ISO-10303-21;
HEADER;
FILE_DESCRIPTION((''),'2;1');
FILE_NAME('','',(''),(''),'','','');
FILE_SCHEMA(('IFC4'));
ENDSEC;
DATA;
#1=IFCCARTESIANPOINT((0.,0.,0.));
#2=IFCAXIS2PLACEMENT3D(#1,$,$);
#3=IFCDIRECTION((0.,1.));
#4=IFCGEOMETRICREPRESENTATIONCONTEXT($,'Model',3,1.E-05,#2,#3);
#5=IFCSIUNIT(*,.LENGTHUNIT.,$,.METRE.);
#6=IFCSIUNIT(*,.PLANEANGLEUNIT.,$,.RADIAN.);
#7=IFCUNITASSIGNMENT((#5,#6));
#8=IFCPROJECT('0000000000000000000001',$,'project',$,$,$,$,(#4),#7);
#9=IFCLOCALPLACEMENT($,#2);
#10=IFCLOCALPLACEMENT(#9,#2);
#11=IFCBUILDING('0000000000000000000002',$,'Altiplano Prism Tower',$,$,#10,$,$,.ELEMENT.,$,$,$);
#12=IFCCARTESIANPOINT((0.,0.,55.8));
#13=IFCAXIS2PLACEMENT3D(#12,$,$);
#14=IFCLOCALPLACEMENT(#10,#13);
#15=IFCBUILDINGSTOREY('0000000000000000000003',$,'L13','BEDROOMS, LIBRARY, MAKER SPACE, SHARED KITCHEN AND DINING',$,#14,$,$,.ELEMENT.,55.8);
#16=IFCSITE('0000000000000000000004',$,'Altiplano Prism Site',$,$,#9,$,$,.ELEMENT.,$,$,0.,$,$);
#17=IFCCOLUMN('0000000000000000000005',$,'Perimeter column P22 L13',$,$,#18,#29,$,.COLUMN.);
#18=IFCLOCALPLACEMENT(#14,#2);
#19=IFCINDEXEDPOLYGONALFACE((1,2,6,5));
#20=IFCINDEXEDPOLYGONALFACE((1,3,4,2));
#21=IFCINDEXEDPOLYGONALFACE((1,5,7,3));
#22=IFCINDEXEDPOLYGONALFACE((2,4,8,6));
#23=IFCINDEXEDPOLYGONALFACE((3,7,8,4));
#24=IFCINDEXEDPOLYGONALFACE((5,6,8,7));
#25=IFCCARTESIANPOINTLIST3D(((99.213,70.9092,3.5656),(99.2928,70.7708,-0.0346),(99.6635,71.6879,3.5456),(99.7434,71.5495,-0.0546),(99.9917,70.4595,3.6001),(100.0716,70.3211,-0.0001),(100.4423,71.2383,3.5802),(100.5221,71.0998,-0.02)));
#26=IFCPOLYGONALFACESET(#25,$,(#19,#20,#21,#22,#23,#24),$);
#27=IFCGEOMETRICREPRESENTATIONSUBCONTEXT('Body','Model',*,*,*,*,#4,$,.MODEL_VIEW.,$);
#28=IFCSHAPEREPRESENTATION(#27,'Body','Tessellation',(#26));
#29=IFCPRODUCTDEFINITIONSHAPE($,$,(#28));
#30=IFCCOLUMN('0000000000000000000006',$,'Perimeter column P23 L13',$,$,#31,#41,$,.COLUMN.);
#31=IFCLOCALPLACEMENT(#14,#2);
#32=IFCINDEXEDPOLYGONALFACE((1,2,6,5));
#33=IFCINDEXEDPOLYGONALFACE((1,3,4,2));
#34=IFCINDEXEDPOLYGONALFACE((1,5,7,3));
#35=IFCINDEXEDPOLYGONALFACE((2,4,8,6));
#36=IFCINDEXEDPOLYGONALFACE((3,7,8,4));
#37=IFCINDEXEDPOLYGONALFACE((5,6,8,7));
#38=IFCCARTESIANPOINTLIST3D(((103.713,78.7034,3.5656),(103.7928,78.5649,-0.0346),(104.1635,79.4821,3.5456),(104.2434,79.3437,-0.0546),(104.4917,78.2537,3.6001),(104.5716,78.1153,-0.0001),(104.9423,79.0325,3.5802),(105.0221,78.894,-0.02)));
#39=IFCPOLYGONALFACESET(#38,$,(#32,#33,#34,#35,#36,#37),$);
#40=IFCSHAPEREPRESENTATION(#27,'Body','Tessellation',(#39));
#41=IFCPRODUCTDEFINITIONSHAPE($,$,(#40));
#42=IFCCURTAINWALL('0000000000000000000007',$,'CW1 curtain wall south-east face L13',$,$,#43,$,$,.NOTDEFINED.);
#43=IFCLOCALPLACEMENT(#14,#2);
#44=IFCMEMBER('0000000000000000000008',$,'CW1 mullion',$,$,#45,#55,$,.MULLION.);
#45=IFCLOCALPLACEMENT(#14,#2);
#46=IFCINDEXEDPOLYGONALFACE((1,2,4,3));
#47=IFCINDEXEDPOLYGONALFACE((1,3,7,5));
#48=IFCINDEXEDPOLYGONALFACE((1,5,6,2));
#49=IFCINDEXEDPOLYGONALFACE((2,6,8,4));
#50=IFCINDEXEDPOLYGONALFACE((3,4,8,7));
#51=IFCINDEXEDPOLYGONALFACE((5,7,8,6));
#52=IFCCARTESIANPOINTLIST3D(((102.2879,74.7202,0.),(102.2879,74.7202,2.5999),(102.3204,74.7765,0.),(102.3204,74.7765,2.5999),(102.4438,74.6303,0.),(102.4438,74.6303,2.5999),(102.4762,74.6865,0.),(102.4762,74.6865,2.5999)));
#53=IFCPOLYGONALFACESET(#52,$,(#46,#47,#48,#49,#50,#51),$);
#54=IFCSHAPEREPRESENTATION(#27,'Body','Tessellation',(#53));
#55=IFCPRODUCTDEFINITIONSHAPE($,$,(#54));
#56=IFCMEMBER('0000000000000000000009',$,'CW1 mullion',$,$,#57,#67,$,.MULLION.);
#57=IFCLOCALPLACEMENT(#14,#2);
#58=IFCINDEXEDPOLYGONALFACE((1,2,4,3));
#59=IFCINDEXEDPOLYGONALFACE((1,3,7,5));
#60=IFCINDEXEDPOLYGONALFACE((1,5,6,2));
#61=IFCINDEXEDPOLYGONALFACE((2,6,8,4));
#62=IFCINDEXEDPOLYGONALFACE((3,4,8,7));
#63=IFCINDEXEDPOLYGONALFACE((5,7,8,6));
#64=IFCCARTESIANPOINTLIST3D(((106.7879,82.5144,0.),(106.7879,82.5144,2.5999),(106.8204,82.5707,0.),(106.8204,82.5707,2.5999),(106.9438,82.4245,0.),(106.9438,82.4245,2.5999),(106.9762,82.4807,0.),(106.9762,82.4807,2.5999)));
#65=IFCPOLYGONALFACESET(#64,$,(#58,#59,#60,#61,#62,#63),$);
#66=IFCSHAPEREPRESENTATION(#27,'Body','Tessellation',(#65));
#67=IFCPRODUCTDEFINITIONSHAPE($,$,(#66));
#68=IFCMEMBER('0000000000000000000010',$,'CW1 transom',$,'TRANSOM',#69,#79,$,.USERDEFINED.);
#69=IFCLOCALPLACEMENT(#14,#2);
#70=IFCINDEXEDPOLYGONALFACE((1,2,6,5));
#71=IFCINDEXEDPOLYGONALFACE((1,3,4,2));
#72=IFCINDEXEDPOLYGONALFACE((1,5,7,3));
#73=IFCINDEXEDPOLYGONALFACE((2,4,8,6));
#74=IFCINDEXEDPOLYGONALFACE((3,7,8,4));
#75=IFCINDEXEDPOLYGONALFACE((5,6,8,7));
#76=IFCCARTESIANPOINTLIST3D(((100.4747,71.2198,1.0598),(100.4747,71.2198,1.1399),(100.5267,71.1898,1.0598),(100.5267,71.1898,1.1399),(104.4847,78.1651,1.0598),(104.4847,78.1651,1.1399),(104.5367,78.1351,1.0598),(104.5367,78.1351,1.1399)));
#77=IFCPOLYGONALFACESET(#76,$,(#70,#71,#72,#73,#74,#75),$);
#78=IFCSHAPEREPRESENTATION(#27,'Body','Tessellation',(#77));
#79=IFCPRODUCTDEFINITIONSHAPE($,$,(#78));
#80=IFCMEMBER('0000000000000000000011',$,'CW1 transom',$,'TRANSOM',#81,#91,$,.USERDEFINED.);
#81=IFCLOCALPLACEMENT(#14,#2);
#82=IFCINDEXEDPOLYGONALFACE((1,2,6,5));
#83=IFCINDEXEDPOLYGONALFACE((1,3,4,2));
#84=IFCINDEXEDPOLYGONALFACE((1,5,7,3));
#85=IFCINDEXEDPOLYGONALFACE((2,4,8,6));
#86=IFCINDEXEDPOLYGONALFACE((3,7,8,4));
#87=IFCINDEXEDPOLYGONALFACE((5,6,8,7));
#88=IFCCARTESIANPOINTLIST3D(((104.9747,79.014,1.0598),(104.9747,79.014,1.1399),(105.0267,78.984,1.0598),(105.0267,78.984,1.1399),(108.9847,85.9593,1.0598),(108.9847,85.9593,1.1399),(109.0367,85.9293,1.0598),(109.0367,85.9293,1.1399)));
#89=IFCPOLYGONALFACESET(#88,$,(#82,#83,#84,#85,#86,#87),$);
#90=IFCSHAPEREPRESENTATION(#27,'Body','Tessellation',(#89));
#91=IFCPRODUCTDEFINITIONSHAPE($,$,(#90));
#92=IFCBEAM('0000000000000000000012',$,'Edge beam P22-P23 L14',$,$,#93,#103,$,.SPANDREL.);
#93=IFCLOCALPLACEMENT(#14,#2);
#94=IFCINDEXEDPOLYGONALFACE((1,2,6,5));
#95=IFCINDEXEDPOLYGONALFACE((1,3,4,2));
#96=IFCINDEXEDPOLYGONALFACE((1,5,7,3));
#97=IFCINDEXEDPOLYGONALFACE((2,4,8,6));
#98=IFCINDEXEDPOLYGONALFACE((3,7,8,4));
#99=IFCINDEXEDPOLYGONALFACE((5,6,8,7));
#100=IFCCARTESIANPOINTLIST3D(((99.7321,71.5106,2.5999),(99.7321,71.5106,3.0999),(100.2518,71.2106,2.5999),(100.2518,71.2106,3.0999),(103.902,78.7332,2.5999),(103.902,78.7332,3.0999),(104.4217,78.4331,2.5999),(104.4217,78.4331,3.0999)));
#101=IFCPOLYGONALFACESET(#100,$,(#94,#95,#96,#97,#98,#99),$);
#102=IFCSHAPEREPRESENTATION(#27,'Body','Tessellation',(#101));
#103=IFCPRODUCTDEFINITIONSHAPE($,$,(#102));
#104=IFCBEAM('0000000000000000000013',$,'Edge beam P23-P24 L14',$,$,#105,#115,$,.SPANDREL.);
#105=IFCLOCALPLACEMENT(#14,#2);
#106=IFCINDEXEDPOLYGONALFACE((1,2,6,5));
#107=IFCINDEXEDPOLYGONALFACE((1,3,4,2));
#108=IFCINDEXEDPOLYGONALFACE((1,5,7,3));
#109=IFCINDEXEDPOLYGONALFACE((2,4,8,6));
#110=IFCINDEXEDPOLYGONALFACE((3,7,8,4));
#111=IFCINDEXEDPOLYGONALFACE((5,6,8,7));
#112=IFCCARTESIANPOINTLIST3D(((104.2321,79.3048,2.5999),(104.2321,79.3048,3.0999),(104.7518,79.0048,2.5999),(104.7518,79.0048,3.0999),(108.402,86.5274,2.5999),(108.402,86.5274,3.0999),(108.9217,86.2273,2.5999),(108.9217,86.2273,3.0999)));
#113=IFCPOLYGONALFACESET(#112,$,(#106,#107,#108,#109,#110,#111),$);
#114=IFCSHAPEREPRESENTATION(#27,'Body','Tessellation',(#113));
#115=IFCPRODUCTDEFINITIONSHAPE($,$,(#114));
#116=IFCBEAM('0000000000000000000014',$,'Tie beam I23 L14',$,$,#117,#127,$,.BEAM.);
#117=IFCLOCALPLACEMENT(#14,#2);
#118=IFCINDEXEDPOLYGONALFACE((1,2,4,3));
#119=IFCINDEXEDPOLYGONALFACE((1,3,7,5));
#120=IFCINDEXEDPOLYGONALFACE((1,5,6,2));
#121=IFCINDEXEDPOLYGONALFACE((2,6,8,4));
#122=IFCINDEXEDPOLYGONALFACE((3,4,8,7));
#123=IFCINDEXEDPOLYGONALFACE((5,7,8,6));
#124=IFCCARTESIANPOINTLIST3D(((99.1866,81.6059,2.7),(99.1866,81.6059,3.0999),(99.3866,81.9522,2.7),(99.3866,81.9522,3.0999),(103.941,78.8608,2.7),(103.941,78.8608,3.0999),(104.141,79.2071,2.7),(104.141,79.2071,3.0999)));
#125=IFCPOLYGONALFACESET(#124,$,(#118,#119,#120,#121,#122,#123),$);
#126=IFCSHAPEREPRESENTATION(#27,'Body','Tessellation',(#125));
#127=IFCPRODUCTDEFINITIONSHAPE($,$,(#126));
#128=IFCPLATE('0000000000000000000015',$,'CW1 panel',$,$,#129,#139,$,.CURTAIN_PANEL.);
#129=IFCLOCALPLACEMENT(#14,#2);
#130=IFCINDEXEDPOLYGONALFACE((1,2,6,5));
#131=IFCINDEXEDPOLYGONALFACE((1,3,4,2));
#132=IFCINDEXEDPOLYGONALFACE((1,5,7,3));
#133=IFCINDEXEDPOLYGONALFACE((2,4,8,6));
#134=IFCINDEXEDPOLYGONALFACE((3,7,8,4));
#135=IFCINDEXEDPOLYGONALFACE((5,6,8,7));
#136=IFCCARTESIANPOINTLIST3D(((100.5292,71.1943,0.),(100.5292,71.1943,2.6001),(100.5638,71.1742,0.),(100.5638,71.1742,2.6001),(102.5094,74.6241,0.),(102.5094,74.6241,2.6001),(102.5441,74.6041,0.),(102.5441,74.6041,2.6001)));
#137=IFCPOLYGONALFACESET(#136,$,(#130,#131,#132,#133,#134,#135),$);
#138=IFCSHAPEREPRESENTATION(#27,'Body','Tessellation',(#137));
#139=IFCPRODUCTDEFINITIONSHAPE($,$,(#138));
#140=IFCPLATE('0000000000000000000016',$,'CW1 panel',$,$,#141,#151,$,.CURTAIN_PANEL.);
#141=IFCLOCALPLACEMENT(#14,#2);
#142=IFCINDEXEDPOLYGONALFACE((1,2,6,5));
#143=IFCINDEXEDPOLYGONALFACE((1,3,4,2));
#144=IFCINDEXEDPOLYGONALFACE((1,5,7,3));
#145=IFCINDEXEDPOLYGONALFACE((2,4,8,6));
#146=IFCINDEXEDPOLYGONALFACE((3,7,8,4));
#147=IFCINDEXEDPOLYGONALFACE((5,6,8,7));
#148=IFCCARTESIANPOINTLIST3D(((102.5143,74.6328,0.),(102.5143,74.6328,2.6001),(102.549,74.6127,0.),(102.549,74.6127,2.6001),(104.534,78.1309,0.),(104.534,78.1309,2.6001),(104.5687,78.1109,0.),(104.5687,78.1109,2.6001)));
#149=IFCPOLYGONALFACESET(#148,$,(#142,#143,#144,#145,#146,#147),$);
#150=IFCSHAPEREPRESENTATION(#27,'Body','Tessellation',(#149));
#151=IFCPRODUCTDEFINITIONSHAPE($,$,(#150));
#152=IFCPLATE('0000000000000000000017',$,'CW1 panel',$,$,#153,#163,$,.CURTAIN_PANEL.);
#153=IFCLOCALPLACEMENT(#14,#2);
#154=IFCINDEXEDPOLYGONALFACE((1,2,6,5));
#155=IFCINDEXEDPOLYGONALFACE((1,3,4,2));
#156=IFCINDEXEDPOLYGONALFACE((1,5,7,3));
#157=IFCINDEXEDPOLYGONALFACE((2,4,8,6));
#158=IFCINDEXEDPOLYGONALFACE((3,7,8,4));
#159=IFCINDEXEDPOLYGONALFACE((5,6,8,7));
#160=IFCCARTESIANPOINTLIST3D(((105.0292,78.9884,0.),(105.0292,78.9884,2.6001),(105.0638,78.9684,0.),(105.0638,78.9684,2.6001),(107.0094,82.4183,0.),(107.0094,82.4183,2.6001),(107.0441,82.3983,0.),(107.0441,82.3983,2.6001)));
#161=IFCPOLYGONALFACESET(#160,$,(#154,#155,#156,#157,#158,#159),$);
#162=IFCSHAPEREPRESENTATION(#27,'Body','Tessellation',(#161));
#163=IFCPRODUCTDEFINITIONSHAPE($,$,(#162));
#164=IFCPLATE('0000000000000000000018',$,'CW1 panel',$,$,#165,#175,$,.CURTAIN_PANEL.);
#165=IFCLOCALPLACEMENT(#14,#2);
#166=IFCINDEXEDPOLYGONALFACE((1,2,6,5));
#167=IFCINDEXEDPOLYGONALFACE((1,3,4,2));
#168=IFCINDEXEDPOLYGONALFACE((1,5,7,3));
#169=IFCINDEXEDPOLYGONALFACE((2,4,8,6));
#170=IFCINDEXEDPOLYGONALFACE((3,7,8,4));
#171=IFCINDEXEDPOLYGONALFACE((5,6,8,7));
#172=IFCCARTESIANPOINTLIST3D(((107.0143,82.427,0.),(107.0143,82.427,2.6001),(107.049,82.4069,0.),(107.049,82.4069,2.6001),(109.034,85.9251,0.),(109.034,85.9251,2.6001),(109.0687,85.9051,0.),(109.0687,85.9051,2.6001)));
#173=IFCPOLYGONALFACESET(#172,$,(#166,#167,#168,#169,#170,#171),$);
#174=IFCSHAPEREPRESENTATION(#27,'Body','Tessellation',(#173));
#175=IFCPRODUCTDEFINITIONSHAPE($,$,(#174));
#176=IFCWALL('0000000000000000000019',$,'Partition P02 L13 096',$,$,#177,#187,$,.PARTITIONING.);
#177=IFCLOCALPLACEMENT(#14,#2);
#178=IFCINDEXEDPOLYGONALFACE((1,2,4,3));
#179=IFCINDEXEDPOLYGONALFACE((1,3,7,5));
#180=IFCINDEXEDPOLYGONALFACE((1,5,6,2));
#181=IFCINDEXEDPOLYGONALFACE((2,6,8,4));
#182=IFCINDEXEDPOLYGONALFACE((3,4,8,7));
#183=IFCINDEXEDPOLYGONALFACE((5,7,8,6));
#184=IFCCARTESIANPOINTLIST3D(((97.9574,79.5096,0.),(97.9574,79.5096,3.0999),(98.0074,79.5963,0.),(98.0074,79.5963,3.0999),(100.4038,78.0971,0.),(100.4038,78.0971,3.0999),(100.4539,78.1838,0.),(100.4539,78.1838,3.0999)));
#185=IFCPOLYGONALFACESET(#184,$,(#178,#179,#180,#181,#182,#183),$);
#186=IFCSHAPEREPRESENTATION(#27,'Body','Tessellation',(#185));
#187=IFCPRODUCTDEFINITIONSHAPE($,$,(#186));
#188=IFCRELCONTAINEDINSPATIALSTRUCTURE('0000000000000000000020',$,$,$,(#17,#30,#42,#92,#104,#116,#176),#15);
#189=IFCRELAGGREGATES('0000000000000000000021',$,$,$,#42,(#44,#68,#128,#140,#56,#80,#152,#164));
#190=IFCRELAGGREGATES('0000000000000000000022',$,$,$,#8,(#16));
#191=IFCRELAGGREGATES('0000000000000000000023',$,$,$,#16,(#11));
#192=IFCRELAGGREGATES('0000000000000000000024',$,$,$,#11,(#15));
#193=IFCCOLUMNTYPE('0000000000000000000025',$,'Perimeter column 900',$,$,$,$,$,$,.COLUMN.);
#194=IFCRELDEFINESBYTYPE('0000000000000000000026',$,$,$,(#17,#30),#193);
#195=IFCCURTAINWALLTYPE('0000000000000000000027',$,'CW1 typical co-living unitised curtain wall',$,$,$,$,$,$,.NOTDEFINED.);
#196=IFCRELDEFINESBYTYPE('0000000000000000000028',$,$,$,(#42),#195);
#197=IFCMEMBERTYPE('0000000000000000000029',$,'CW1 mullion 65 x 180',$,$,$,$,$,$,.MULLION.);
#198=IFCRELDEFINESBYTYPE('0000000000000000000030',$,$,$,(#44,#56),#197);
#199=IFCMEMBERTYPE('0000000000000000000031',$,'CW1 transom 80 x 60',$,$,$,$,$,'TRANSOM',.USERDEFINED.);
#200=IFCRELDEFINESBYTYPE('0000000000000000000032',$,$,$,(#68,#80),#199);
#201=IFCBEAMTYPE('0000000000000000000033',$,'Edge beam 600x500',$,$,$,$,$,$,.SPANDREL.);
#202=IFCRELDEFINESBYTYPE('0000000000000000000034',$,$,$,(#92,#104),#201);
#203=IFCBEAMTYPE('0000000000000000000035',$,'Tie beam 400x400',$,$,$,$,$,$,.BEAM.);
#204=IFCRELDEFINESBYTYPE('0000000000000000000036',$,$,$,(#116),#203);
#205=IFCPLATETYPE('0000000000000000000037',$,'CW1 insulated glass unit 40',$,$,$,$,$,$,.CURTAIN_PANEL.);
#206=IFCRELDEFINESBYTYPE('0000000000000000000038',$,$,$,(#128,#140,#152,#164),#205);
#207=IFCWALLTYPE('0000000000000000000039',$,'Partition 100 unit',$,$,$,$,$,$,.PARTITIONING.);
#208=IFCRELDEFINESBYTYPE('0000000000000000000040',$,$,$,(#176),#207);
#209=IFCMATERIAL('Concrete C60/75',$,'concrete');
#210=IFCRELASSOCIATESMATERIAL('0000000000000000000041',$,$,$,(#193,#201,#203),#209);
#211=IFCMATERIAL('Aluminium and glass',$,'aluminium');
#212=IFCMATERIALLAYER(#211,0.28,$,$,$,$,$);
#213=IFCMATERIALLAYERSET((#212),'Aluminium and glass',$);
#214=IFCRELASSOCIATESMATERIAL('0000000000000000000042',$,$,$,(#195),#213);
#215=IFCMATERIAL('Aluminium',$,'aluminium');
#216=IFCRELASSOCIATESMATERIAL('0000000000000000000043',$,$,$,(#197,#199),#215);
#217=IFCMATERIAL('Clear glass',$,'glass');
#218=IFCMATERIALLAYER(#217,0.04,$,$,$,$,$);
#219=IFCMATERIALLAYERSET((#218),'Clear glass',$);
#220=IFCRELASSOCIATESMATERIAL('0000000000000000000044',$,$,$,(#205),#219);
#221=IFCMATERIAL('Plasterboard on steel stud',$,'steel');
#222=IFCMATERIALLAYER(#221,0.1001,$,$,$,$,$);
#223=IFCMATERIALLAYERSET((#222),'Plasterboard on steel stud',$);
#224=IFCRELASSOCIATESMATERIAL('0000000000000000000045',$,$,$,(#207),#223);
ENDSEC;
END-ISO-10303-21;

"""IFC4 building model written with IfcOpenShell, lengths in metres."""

from ifc_helpers import new_model, si_unit, direction, frame, frame_2d, origin, origin_2d, place, context, subcontext, project, spatial, rectangle, extrude, material, layer, layer_set, material_profile, profile_set, type_object, element, aggregate, save


model = new_model("IFC4")

# Units and contexts
model_context = context("Model", 3, precision=1e-05, world=origin(), true_north=direction((0.0, 1.0)))
body_context = subcontext(model_context, "Body", "Model", "MODEL_VIEW")
ifc_project = project(units=[si_unit("LENGTHUNIT", "METRE"), si_unit("PLANEANGLEUNIT", "RADIAN")], contexts=[model_context])

# Site, building, storey
site_placement = place(None, origin())
site = spatial("IfcSite", under=ifc_project, at=site_placement, Name="Altiplano Prism Site", CompositionType="ELEMENT", RefElevation=0.0)
building_placement = place(site_placement, origin())
building = spatial("IfcBuilding", under=site, at=building_placement, Name="Altiplano Prism Tower", CompositionType="ELEMENT")
storey_placement = place(building_placement, frame((0.0, 0.0, 55.8)))
storey = spatial("IfcBuildingStorey", under=building, at=storey_placement, Name="L13", Description="BEDROOMS, LIBRARY, MAKER SPACE, SHARED KITCHEN AND DINING", CompositionType="ELEMENT", Elevation=55.8)

# Columns
ifc_material_1 = material(Name="Concrete C60/75", Category="concrete")
ifc_material_profile_1 = material_profile(ifc_material_1, rectangle(XDim=0.8999, YDim=0.8999, at=origin_2d()), Name="Perimeter column 900")
ifc_profile_set_1 = profile_set([ifc_material_profile_1], Name="Concrete C60/75")
column_type = type_object("IfcColumnType", Name="Perimeter column 900", PredefinedType="COLUMN", material=ifc_profile_set_1)
for number, where, z_axis, x_axis, name in (
    (1, (99.9075, 70.9353, -0.0273), (-0.022154, 0.038413, 0.999016), (-0.500657, -0.865362, 0.022172), "Perimeter column P22 L13"),
    (2, (104.4075, 78.7295, -0.0273), (-0.022154, 0.038413, 0.999016), (-0.500653, -0.865364, 0.022172), "Perimeter column P23 L13"),
):
    element("IfcColumn", number, at=place(storey_placement, frame(where, z_axis=z_axis, x_axis=x_axis)), inside=storey, type_object=column_type, Name=name, PredefinedType="COLUMN", context=body_context, shape_type="SweptSolid", body=[
        extrude(rectangle(XDim=0.8999, YDim=0.8999, at=origin_2d()), origin(), (0.0, 0.0, 1.0), 3.6038),
    ])

# Curtain wall, members
ifc_material_2 = material(Name="Aluminium and glass", Category="aluminium")
ifc_layer_1 = layer(ifc_material_2, 0.28)
ifc_layer_set_1 = layer_set([ifc_layer_1], Name="Aluminium and glass")
curtain_wall_type = type_object("IfcCurtainWallType", Name="CW1 typical co-living unitised curtain wall", PredefinedType="NOTDEFINED", material=ifc_layer_set_1)
curtain_wall_placement = place(storey_placement, origin())
curtain_wall = element("IfcCurtainWall", 3, at=curtain_wall_placement, inside=storey, type_object=curtain_wall_type, Name="CW1 curtain wall south-east face L13", PredefinedType="NOTDEFINED")
ifc_material_3 = material(Name="Aluminium", Category="aluminium")
ifc_material_profile_2 = material_profile(ifc_material_3, rectangle(XDim=0.1799, YDim=0.0649, at=origin_2d()), Name="CW1 mullion 65 x 180")
ifc_profile_set_2 = profile_set([ifc_material_profile_2], Name="Aluminium")
member_type_1 = type_object("IfcMemberType", Name="CW1 mullion 65 x 180", PredefinedType="MULLION", material=ifc_profile_set_2)
member_1_placement = place(storey_placement, frame((102.3821, 74.7034, 0.0), z_axis=(0.0, 0.0, 1.0), x_axis=(-0.866025, 0.5, 0.0)))
member_1 = element("IfcMember", 4, at=member_1_placement, type_object=member_type_1, Name="CW1 mullion", PredefinedType="MULLION", context=body_context, shape_type="SweptSolid", body=[
    extrude(rectangle(XDim=0.1799, YDim=0.0649, at=origin_2d()), origin(), (0.0, 0.0, 1.0), 2.5999),
])
member_2_placement = place(storey_placement, frame((106.8821, 82.4976, 0.0), z_axis=(0.0, 0.0, 1.0), x_axis=(-0.866025, 0.5, 0.0)))
member_2 = element("IfcMember", 5, at=member_2_placement, type_object=member_type_1, Name="CW1 mullion", PredefinedType="MULLION", context=body_context, shape_type="SweptSolid", body=[
    extrude(rectangle(XDim=0.1799, YDim=0.0649, at=origin_2d()), origin(), (0.0, 0.0, 1.0), 2.5999),
])
ifc_material_profile_3 = material_profile(ifc_material_3, rectangle(XDim=0.0601, YDim=0.0801, at=origin_2d()), Name="CW1 transom 80 x 60")
ifc_profile_set_3 = profile_set([ifc_material_profile_3], Name="Aluminium")
member_type_2 = type_object("IfcMemberType", Name="CW1 transom 80 x 60", ElementType="TRANSOM", PredefinedType="USERDEFINED", material=ifc_profile_set_3)
member_3_placement = place(storey_placement, frame((100.5007, 71.2048, 1.0999), z_axis=(0.500012, 0.866018, 0.0), x_axis=(-0.866018, 0.500012, 0.0)))
member_3 = element("IfcMember", 6, at=member_3_placement, type_object=member_type_2, Name="CW1 transom", ObjectType="TRANSOM", PredefinedType="USERDEFINED", context=body_context, shape_type="SweptSolid", body=[
    extrude(rectangle(XDim=0.0601, YDim=0.0801, at=origin_2d()), origin(), (0.0, 0.0, 1.0), 8.0198),
])
member_4_placement = place(storey_placement, frame((105.0007, 78.999, 1.0999), z_axis=(0.500012, 0.866018, 0.0), x_axis=(-0.866018, 0.500012, 0.0)))
member_4 = element("IfcMember", 7, at=member_4_placement, type_object=member_type_2, Name="CW1 transom", ObjectType="TRANSOM", PredefinedType="USERDEFINED", context=body_context, shape_type="SweptSolid", body=[
    extrude(rectangle(XDim=0.0601, YDim=0.0801, at=origin_2d()), origin(), (0.0, 0.0, 1.0), 8.0198),
])

# Beams
ifc_material_profile_4 = material_profile(ifc_material_1, rectangle(XDim=0.6001, YDim=0.5, at=origin_2d()), Name="Edge beam 600x500")
ifc_profile_set_4 = profile_set([ifc_material_profile_4], Name="Concrete C60/75")
beam_type_1 = type_object("IfcBeamType", Name="Edge beam 600x500", PredefinedType="SPANDREL", material=ifc_profile_set_4)
for number, where, z_axis, x_axis, name in (
    (8, (99.9919, 71.3606, 2.8499), (0.499993, 0.86603, 0.0), (-0.86603, 0.499993, 0.0), "Edge beam P22-P23 L14"),
    (9, (104.4919, 79.1548, 2.8499), (0.499993, 0.86603, 0.0), (-0.86603, 0.499993, 0.0), "Edge beam P23-P24 L14"),
):
    element("IfcBeam", number, at=place(storey_placement, frame(where, z_axis=z_axis, x_axis=x_axis)), inside=storey, type_object=beam_type_1, Name=name, PredefinedType="SPANDREL", context=body_context, shape_type="SweptSolid", body=[
        extrude(rectangle(XDim=0.6001, YDim=0.5, at=origin_2d()), origin(), (0.0, 0.0, 1.0), 8.3398),
    ])
ifc_material_profile_5 = material_profile(ifc_material_1, rectangle(XDim=0.3999, YDim=0.3999, at=origin_2d()), Name="Tie beam 400x400")
ifc_profile_set_5 = profile_set([ifc_material_profile_5], Name="Concrete C60/75")
beam_type_2 = type_object("IfcBeamType", Name="Tie beam 400x400", PredefinedType="BEAM", material=ifc_profile_set_5)
beam_placement = place(storey_placement, frame((99.2866, 81.7791, 2.8999), z_axis=(0.866012, -0.500023, 0.0), x_axis=(0.500023, 0.866012, 0.0)))
element("IfcBeam", 10, at=beam_placement, inside=storey, type_object=beam_type_2, Name="Tie beam I23 L14", PredefinedType="BEAM", context=body_context, shape_type="SweptSolid", body=[
    extrude(rectangle(XDim=0.3999, YDim=0.3999, at=origin_2d()), origin(), (0.0, 0.0, 1.0), 5.49),
])

# Plates
ifc_material_4 = material(Name="Clear glass", Category="glass")
ifc_layer_2 = layer(ifc_material_4, 0.04)
ifc_layer_set_2 = layer_set([ifc_layer_2], Name="Clear glass")
plate_type = type_object("IfcPlateType", Name="CW1 insulated glass unit 40", PredefinedType="CURTAIN_PANEL", material=ifc_layer_set_2)
plate_1_placement = place(storey_placement, frame((101.5366, 72.8992, 0.0), z_axis=(0.0, 0.0, 1.0), x_axis=(0.5, 0.866025, 0.0)))
plate_1 = element("IfcPlate", 11, at=plate_1_placement, type_object=plate_type, Name="CW1 panel", PredefinedType="CURTAIN_PANEL", context=body_context, shape_type="SweptSolid", body=[
    extrude(rectangle(XDim=3.9604, YDim=0.04, at=origin_2d()), origin(), (0.0, 0.0, 1.0), 2.6001),
])
plate_2_placement = place(storey_placement, frame((103.5415, 76.3718, 0.0), z_axis=(0.0, 0.0, 1.0), x_axis=(0.5, 0.866025, 0.0)))
plate_2 = element("IfcPlate", 12, at=plate_2_placement, type_object=plate_type, Name="CW1 panel", PredefinedType="CURTAIN_PANEL", context=body_context, shape_type="SweptSolid", body=[
    extrude(rectangle(XDim=4.0393, YDim=0.04, at=origin_2d()), origin(), (0.0, 0.0, 1.0), 2.6001),
])
plate_3_placement = place(storey_placement, frame((106.0366, 80.6934, 0.0), z_axis=(0.0, 0.0, 1.0), x_axis=(0.5, 0.866025, 0.0)))
plate_3 = element("IfcPlate", 13, at=plate_3_placement, type_object=plate_type, Name="CW1 panel", PredefinedType="CURTAIN_PANEL", context=body_context, shape_type="SweptSolid", body=[
    extrude(rectangle(XDim=3.9604, YDim=0.04, at=origin_2d()), origin(), (0.0, 0.0, 1.0), 2.6001),
])
plate_4_placement = place(storey_placement, frame((108.0415, 84.166, 0.0), z_axis=(0.0, 0.0, 1.0), x_axis=(0.5, 0.866025, 0.0)))
plate_4 = element("IfcPlate", 14, at=plate_4_placement, type_object=plate_type, Name="CW1 panel", PredefinedType="CURTAIN_PANEL", context=body_context, shape_type="SweptSolid", body=[
    extrude(rectangle(XDim=4.0393, YDim=0.04, at=origin_2d()), origin(), (0.0, 0.0, 1.0), 2.6001),
])
aggregate(curtain_wall, [member_1, member_3, plate_1, plate_2, member_2, member_4, plate_3, plate_4])

# Wall
ifc_material_5 = material(Name="Plasterboard on steel stud", Category="steel")
ifc_layer_3 = layer(ifc_material_5, 0.1001)
ifc_layer_set_3 = layer_set([ifc_layer_3], Name="Plasterboard on steel stud")
wall_type_1 = type_object("IfcWallType", Name="Partition 100 unit", PredefinedType="PARTITIONING", material=ifc_layer_set_3)
for number, where, z_axis, x_axis, name in (
    (15, (100.429, 78.1404, 0.0), (0.0, 0.0, 1.0), (-0.866011, 0.500024, 0.0), "Partition P02 L13 096"),
):
    element("IfcWall", number, at=place(storey_placement, frame(where, z_axis=z_axis, x_axis=x_axis)), inside=storey, type_object=wall_type_1, Name=name, PredefinedType="PARTITIONING", context=body_context, shape_type="SweptSolid", body=[
        extrude(rectangle(XDim=2.825, YDim=0.1001, at=frame_2d((1.4126, 0.0))), origin(), (0.0, 0.0, 1.0), 3.0999),
    ])

save(model, "model.ifc")
